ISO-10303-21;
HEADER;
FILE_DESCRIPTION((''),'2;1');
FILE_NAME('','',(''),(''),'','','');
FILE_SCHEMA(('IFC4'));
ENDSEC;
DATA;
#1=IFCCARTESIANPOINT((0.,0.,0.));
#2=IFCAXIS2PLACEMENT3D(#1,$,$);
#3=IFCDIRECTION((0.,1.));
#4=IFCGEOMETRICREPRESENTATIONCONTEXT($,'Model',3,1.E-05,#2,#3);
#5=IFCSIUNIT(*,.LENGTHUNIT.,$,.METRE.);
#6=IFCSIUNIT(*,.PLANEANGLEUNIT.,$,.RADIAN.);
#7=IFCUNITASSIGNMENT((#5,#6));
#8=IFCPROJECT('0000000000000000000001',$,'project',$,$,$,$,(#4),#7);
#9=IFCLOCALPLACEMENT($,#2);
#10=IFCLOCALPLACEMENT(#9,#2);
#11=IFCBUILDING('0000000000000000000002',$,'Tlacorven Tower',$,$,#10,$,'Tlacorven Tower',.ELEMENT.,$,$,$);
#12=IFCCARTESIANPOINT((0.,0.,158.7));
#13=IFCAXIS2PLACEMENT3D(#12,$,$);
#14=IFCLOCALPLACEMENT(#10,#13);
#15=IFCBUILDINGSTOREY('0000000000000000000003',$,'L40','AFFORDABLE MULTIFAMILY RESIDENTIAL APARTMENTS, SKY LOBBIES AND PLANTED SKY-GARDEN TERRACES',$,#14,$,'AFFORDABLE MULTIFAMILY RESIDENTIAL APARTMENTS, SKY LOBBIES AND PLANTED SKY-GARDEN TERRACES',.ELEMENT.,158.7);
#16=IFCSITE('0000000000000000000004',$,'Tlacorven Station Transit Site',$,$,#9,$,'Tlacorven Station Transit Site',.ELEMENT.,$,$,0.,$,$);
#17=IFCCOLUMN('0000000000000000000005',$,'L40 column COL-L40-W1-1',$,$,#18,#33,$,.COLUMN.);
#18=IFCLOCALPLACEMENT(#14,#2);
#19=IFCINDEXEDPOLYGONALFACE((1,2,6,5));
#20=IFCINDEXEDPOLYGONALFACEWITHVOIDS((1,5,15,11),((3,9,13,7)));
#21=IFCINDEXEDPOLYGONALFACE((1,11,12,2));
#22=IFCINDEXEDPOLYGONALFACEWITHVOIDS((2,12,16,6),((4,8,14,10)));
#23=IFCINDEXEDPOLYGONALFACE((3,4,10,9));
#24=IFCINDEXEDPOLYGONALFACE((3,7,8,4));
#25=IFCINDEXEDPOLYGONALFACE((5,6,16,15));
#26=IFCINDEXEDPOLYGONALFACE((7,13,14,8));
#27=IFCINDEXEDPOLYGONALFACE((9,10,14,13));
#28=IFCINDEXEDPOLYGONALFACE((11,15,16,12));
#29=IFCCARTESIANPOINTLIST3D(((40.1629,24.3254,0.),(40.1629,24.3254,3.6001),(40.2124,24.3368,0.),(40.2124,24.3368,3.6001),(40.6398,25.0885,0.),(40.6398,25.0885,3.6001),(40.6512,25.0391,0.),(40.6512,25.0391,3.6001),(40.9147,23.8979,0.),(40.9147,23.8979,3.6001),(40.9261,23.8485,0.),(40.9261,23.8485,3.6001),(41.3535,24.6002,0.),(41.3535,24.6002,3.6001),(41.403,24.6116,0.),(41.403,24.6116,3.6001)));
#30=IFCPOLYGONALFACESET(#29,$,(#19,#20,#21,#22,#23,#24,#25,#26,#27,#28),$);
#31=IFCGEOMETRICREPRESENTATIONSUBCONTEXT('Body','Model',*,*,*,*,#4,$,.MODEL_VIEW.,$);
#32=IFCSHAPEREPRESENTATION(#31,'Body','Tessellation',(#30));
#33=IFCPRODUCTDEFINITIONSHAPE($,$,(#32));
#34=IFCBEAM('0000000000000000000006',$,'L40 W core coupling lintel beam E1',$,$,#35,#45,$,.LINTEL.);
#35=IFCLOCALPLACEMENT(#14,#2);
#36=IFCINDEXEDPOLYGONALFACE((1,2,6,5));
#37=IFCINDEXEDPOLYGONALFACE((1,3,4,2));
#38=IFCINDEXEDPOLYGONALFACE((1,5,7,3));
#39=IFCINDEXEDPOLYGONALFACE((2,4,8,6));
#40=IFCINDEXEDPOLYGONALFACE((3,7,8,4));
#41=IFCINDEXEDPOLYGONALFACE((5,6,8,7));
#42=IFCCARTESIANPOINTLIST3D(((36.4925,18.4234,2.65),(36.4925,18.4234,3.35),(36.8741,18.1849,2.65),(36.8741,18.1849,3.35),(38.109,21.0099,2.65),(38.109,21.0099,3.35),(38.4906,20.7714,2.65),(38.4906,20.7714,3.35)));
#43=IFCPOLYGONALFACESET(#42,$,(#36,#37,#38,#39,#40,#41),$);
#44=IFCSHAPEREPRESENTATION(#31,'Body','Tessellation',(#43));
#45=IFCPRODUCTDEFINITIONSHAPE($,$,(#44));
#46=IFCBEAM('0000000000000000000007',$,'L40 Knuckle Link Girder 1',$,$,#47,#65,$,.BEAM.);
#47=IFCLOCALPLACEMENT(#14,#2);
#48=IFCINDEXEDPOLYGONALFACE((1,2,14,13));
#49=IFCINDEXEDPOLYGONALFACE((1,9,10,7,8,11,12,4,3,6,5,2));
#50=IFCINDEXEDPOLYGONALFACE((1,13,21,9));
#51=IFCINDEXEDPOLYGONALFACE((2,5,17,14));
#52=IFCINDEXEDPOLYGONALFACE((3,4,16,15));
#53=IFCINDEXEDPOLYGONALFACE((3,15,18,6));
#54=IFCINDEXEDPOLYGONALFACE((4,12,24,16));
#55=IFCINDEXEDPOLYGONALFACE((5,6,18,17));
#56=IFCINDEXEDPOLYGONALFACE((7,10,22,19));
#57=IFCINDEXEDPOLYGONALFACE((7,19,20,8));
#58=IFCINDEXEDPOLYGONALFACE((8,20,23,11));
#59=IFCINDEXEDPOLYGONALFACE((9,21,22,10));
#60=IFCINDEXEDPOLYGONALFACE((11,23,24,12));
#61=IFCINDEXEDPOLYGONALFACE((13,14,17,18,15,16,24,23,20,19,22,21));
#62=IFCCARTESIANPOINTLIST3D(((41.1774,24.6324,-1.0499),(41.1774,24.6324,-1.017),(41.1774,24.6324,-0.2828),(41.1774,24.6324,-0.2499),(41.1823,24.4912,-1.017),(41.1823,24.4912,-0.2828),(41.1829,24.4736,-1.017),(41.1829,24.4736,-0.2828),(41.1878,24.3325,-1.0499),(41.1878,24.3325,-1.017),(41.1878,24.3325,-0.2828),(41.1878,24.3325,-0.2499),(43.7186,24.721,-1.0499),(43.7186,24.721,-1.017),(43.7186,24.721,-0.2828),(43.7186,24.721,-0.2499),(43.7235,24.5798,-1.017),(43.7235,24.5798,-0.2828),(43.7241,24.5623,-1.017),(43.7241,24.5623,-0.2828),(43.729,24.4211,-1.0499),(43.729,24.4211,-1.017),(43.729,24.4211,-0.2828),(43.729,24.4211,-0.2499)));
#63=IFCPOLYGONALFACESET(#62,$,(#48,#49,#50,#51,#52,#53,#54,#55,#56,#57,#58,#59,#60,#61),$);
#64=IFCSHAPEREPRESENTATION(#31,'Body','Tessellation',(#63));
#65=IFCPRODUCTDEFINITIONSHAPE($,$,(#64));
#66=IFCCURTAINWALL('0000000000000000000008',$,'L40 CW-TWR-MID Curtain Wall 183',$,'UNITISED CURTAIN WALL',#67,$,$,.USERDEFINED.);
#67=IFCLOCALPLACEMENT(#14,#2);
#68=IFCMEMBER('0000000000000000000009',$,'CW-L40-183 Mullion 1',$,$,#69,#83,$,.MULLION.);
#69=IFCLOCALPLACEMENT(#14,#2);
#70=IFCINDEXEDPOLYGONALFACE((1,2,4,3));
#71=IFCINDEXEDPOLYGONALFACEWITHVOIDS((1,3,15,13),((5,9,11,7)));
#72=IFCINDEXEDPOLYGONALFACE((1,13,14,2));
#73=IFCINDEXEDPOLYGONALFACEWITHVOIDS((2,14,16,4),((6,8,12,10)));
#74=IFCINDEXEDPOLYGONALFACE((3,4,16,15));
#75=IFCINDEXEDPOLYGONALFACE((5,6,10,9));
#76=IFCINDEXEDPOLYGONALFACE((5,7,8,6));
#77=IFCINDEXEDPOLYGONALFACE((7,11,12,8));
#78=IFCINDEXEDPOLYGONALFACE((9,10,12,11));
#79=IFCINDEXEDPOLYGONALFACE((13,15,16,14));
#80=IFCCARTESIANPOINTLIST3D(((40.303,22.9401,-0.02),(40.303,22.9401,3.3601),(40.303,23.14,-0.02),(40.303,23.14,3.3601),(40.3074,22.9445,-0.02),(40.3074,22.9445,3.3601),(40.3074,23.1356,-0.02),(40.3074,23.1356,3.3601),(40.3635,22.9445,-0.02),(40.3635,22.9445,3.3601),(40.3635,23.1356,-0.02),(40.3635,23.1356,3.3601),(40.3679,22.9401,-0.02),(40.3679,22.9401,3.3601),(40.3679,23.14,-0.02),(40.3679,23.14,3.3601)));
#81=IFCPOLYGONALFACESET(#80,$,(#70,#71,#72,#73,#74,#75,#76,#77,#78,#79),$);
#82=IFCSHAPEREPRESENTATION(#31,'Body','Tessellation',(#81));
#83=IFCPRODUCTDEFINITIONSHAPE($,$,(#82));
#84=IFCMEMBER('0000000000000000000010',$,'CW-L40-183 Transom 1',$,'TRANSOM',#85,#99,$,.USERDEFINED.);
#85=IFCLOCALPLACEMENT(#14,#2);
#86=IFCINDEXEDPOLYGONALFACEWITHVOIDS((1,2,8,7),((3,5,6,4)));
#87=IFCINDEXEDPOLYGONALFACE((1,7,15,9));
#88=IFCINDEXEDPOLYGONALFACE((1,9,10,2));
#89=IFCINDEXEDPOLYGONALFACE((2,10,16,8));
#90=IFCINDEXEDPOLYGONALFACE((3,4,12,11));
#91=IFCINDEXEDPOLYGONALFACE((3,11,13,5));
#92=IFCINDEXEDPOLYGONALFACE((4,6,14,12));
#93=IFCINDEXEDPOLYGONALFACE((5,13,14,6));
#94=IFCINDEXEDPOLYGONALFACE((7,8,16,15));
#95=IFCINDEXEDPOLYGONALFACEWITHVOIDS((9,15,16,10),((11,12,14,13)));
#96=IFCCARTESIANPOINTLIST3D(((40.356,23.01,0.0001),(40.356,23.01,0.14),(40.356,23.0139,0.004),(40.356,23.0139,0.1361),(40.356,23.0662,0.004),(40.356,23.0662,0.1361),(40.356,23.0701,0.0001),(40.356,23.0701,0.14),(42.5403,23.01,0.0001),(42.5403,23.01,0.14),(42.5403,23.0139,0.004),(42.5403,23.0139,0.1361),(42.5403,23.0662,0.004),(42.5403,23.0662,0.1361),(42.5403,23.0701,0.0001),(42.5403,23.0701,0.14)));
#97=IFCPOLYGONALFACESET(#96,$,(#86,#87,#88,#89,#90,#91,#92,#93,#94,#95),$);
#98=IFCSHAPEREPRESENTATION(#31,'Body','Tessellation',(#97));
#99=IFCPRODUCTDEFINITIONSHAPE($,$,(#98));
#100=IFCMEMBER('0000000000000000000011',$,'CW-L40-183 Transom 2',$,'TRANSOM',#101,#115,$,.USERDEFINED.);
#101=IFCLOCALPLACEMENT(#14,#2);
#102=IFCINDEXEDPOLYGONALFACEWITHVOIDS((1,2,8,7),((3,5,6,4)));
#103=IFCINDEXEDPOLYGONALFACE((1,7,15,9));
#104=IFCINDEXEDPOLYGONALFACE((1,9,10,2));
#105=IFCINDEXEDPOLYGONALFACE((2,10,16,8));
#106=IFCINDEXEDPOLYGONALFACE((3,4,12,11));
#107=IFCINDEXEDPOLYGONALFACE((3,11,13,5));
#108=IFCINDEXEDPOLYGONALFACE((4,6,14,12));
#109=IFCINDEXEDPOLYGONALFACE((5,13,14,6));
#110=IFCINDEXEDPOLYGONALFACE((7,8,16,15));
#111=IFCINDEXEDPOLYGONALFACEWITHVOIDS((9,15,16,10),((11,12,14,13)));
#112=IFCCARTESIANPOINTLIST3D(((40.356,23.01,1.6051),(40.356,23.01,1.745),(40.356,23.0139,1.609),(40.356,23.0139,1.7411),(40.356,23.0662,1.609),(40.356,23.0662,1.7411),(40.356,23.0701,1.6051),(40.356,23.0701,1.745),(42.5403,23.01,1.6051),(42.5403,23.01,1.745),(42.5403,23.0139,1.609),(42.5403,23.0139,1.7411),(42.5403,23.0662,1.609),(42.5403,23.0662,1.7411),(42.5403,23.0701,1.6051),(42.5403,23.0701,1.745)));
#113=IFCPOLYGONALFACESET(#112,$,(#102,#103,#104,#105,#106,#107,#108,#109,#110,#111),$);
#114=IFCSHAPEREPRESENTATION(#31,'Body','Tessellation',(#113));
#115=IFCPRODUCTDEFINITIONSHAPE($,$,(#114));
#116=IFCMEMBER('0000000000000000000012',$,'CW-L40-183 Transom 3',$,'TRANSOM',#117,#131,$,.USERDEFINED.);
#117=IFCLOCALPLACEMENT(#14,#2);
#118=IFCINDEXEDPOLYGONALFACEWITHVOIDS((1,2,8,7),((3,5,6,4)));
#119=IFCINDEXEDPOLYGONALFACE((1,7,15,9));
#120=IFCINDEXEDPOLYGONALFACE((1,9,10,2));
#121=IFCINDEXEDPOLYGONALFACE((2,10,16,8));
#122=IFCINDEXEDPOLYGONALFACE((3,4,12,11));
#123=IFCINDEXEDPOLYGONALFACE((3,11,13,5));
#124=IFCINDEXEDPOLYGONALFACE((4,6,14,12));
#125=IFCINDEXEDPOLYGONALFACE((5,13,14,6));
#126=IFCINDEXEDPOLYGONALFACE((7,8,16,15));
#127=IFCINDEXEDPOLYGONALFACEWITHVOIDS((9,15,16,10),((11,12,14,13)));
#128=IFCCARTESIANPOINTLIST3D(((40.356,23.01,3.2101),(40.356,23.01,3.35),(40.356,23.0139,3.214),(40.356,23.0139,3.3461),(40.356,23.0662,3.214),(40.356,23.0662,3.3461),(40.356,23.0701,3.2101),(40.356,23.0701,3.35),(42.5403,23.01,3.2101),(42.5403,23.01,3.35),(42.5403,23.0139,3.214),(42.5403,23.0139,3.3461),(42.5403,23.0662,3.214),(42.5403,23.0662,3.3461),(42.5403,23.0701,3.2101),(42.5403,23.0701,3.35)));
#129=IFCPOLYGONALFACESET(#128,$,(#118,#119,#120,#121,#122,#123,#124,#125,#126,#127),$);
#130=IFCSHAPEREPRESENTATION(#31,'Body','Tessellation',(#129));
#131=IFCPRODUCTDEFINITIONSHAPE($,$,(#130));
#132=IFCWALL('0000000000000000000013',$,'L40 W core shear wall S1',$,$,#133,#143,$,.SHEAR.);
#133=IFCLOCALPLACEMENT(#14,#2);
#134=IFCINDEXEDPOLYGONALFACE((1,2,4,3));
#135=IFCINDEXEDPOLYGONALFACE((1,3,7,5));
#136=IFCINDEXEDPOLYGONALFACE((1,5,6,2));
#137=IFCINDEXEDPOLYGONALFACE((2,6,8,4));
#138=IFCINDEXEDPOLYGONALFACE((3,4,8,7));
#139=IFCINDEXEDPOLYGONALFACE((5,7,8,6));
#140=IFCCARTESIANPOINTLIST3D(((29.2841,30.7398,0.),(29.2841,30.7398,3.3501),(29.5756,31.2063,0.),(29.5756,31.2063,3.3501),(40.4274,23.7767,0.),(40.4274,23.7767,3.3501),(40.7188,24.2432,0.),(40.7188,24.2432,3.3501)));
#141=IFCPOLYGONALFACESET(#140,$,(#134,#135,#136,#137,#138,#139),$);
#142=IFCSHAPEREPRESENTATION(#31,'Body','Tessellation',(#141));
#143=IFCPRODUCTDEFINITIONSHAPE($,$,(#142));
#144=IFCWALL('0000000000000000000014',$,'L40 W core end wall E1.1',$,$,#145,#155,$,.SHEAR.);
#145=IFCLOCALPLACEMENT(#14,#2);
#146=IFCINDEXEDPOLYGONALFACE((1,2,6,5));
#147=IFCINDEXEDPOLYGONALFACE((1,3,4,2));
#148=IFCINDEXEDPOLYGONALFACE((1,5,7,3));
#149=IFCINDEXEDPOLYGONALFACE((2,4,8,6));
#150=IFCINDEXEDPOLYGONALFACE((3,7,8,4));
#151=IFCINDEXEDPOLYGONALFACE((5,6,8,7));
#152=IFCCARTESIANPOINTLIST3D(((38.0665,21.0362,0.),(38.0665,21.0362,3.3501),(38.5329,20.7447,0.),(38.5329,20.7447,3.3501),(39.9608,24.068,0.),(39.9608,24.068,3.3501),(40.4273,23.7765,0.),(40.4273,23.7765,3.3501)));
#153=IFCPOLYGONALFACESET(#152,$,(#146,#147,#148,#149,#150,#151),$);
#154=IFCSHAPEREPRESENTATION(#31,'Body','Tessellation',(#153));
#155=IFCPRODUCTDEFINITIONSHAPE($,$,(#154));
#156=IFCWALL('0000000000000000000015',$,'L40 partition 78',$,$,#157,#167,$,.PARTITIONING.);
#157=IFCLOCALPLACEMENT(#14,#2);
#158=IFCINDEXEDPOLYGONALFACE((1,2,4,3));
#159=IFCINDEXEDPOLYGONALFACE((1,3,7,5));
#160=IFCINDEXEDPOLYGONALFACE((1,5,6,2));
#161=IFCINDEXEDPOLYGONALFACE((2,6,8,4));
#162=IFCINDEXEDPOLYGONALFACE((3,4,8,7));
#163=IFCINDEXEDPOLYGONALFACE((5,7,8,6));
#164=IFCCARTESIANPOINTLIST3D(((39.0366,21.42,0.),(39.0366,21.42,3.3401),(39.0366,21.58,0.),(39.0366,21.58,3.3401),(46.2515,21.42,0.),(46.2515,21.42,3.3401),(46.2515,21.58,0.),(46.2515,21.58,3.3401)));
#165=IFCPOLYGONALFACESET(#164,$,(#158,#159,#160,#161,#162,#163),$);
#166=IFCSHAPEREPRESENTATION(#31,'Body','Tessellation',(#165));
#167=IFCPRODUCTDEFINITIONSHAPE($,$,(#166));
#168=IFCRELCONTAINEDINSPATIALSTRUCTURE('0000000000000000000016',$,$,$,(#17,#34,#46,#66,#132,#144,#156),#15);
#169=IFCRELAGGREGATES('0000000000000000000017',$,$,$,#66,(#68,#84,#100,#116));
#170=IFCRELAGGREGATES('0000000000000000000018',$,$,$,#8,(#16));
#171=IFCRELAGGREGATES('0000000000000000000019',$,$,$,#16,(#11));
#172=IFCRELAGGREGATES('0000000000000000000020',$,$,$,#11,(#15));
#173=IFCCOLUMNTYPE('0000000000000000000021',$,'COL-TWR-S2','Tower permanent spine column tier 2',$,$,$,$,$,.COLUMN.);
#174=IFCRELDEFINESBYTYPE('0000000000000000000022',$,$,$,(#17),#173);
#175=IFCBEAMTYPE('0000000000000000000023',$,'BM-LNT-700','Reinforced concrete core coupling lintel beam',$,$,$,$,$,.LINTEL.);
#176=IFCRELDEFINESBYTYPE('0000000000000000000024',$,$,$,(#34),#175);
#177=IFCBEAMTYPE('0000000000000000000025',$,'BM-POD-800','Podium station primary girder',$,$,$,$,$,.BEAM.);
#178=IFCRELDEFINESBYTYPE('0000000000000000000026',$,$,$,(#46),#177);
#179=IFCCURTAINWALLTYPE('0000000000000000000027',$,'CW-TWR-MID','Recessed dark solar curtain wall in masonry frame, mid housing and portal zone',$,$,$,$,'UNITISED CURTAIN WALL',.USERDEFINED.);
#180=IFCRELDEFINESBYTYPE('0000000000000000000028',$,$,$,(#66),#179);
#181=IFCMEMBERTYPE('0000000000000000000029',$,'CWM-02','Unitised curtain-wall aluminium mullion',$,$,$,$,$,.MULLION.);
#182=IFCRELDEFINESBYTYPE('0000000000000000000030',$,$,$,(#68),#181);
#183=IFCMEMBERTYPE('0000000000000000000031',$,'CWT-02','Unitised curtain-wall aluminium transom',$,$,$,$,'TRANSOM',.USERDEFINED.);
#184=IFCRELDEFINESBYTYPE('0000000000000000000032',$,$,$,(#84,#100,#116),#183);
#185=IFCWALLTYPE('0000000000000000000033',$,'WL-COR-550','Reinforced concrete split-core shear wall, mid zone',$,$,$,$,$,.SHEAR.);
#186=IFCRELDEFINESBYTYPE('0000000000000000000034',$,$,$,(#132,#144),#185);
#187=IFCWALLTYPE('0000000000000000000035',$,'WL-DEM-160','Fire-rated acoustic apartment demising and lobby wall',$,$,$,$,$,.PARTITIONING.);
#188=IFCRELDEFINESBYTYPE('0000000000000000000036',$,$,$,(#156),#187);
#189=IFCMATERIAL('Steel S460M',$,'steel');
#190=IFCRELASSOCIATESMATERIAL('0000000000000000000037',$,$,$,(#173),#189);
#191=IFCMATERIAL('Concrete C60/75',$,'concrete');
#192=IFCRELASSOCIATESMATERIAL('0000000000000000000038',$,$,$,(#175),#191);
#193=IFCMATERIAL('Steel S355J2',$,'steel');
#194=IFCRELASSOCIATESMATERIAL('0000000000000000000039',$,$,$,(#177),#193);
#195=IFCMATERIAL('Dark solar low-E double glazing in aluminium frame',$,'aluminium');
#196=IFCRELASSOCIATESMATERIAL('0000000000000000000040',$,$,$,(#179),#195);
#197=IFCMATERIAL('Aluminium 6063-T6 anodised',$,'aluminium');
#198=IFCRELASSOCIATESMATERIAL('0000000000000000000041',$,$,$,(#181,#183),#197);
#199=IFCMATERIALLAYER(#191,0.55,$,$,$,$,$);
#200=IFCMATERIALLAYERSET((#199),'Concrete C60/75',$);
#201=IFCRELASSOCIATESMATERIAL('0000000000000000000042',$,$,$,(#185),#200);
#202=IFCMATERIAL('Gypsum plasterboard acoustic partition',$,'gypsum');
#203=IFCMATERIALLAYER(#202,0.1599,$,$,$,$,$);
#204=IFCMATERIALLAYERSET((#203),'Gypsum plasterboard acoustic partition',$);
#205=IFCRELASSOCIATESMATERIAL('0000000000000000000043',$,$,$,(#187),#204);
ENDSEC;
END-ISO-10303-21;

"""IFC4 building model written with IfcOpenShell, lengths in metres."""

from ifc_helpers import new_model, si_unit, direction, frame, frame_2d, origin, origin_2d, place, context, subcontext, project, spatial, rectangle, hollow_rectangle, i_section, extrude, source, transform, mapped, material, layer, layer_set, material_profile, profile_set, type_object, element, aggregate, save


model = new_model("IFC4")

# Units and contexts
model_context = context("Model", 3, precision=1e-05, world=origin(), true_north=direction((0.0, 1.0)))
body_context = subcontext(model_context, "Body", "Model", "MODEL_VIEW")
ifc_project = project(units=[si_unit("LENGTHUNIT", "METRE"), si_unit("PLANEANGLEUNIT", "RADIAN")], contexts=[model_context])

# Site, building, storey
site_placement = place(None, origin())
site = spatial("IfcSite", under=ifc_project, at=site_placement, Name="Tlacorven Station Transit Site", LongName="Tlacorven Station Transit Site", CompositionType="ELEMENT", RefElevation=0.0)
building_placement = place(site_placement, origin())
building = spatial("IfcBuilding", under=site, at=building_placement, Name="Tlacorven Tower", LongName="Tlacorven Tower", CompositionType="ELEMENT")
storey_placement = place(building_placement, frame((0.0, 0.0, 158.7)))
storey = spatial("IfcBuildingStorey", under=building, at=storey_placement, Name="L40", Description="AFFORDABLE MULTIFAMILY RESIDENTIAL APARTMENTS, SKY LOBBIES AND PLANTED SKY-GARDEN TERRACES", LongName="AFFORDABLE MULTIFAMILY RESIDENTIAL APARTMENTS, SKY LOBBIES AND PLANTED SKY-GARDEN TERRACES", CompositionType="ELEMENT", Elevation=158.7)

# Column
ifc_material_1 = material(Name="Steel S460M", Category="steel")
ifc_material_profile_1 = material_profile(ifc_material_1, hollow_rectangle(XDim=0.8999, YDim=0.8999, WallThickness=0.0359, at=origin_2d()), Name="BOX 900X900X36")
ifc_profile_set_1 = profile_set([ifc_material_profile_1], Name="Steel S460M")
column_type = type_object("IfcColumnType", Name="COL-TWR-S2", Description="Tower permanent spine column tier 2", PredefinedType="COLUMN", material=ifc_profile_set_1)
shared_shape_1 = source(origin(), body_context, "Body", "SweptSolid", [
    extrude(hollow_rectangle(XDim=0.8999, YDim=0.8999, WallThickness=0.0359, at=origin_2d()), origin(), (0.0, 0.0, 1.0), 3.6001),
])
column_placement = place(storey_placement, frame((40.783, 24.4685, 0.0), z_axis=(0.0, 0.0, 1.0), x_axis=(-0.848048, 0.529919, 0.0)))
element("IfcColumn", 1, at=column_placement, inside=storey, type_object=column_type, Name="L40 column COL-L40-W1-1", PredefinedType="COLUMN", context=body_context, shape_type="MappedRepresentation", body=[
    mapped(shared_shape_1, transform((0.0, 0.0, 0.0), scale=1.0)),
])

# Beams
ifc_material_2 = material(Name="Concrete C60/75", Category="concrete")
ifc_material_profile_2 = material_profile(ifc_material_2, rectangle(XDim=0.45, YDim=0.7, at=origin_2d()), Name="RC 450X700")
ifc_profile_set_2 = profile_set([ifc_material_profile_2], Name="Concrete C60/75")
beam_type_1 = type_object("IfcBeamType", Name="BM-LNT-700", Description="Reinforced concrete core coupling lintel beam", PredefinedType="LINTEL", material=ifc_profile_set_2)
shared_shape_2 = source(origin(), body_context, "Body", "SweptSolid", [
    extrude(rectangle(XDim=0.45, YDim=0.7, at=origin_2d()), origin(), (0.0, 0.0, 1.0), 3.05),
])
beam_1_placement = place(storey_placement, frame((38.2998, 20.8906, 3.0), z_axis=(-0.529985, -0.848007, 0.0), x_axis=(0.848007, -0.529985, 0.0)))
element("IfcBeam", 2, at=beam_1_placement, inside=storey, type_object=beam_type_1, Name="L40 W core coupling lintel beam E1", PredefinedType="LINTEL", context=body_context, shape_type="MappedRepresentation", body=[
    mapped(shared_shape_2, transform((0.0, 0.0, 0.0), scale=1.0)),
])
ifc_material_3 = material(Name="Steel S355J2", Category="steel")
ifc_material_profile_3 = material_profile(ifc_material_3, i_section(OverallWidth=0.3, OverallDepth=0.8, WebThickness=0.0176, FlangeThickness=0.033, at=origin_2d()), Name="HEB 800")
ifc_profile_set_3 = profile_set([ifc_material_profile_3], Name="Steel S355J2")
beam_type_2 = type_object("IfcBeamType", Name="BM-POD-800", Description="Podium station primary girder", PredefinedType="BEAM", material=ifc_profile_set_3)
shared_shape_3 = source(origin(), body_context, "Body", "SweptSolid", [
    extrude(i_section(OverallWidth=0.3, OverallDepth=0.8, WebThickness=0.0176, FlangeThickness=0.033, at=origin_2d()), origin(), (0.0, 0.0, 1.0), 2.5427),
])
beam_2_placement = place(storey_placement, frame((41.1826, 24.4824, -0.6499), z_axis=(0.999392, 0.034852, 0.0), x_axis=(-0.034852, 0.999392, 0.0)))
element("IfcBeam", 3, at=beam_2_placement, inside=storey, type_object=beam_type_2, Name="L40 Knuckle Link Girder 1", PredefinedType="BEAM", context=body_context, shape_type="MappedRepresentation", body=[
    mapped(shared_shape_3, transform((0.0, 0.0, 0.0), scale=1.0)),
])

# Curtain wall, members
ifc_material_4 = material(Name="Dark solar low-E double glazing in aluminium frame", Category="aluminium")
curtain_wall_type = type_object("IfcCurtainWallType", Name="CW-TWR-MID", Description="Recessed dark solar curtain wall in masonry frame, mid housing and portal zone", ElementType="UNITISED CURTAIN WALL", PredefinedType="USERDEFINED", material=ifc_material_4)
curtain_wall_placement = place(storey_placement, origin())
curtain_wall = element("IfcCurtainWall", 4, at=curtain_wall_placement, inside=storey, type_object=curtain_wall_type, Name="L40 CW-TWR-MID Curtain Wall 183", ObjectType="UNITISED CURTAIN WALL", PredefinedType="USERDEFINED")
ifc_material_5 = material(Name="Aluminium 6063-T6 anodised", Category="aluminium")
ifc_material_profile_4 = material_profile(ifc_material_5, hollow_rectangle(XDim=0.0649, YDim=0.2, WallThickness=0.0044, at=origin_2d()), Name="ALU MULLION 65X200")
ifc_profile_set_4 = profile_set([ifc_material_profile_4], Name="Aluminium 6063-T6 anodised")
member_type_1 = type_object("IfcMemberType", Name="CWM-02", Description="Unitised curtain-wall aluminium mullion", PredefinedType="MULLION", material=ifc_profile_set_4)
shared_shape_4 = source(origin(), body_context, "Body", "SweptSolid", [
    extrude(hollow_rectangle(XDim=0.0649, YDim=0.2, WallThickness=0.0044, at=origin_2d()), origin(), (0.0, 0.0, 1.0), 3.3801),
])
member_1_placement = place(storey_placement, frame((40.3354, 23.04, -0.02), z_axis=(0.0, 0.0, 1.0), x_axis=(1.0, 0.0, 0.0)))
member_1 = element("IfcMember", 5, at=member_1_placement, type_object=member_type_1, Name="CW-L40-183 Mullion 1", PredefinedType="MULLION", context=body_context, shape_type="MappedRepresentation", body=[
    mapped(shared_shape_4, transform((0.0, 0.0, 0.0), scale=1.0)),
])
ifc_material_profile_5 = material_profile(ifc_material_5, hollow_rectangle(XDim=0.0601, YDim=0.1399, WallThickness=0.0039, at=origin_2d()), Name="ALU TRANSOM 60X140")
ifc_profile_set_5 = profile_set([ifc_material_profile_5], Name="Aluminium 6063-T6 anodised")
member_type_2 = type_object("IfcMemberType", Name="CWT-02", Description="Unitised curtain-wall aluminium transom", ElementType="TRANSOM", PredefinedType="USERDEFINED", material=ifc_profile_set_5)
shared_shape_5 = source(origin(), body_context, "Body", "SweptSolid", [
    extrude(hollow_rectangle(XDim=0.0601, YDim=0.1399, WallThickness=0.0039, at=origin_2d()), origin(), (0.0, 0.0, 1.0), 2.1843),
])
member_2_placement = place(storey_placement, frame((40.356, 23.04, 0.0701), z_axis=(1.0, 0.0, 0.0), x_axis=(0.0, 1.0, 0.0)))
member_2 = element("IfcMember", 6, at=member_2_placement, type_object=member_type_2, Name="CW-L40-183 Transom 1", ObjectType="TRANSOM", PredefinedType="USERDEFINED", context=body_context, shape_type="MappedRepresentation", body=[
    mapped(shared_shape_5, transform((0.0, 0.0, 0.0), scale=1.0)),
])
member_3_placement = place(storey_placement, frame((40.356, 23.04, 1.675), z_axis=(1.0, 0.0, 0.0), x_axis=(0.0, 1.0, 0.0)))
member_3 = element("IfcMember", 7, at=member_3_placement, type_object=member_type_2, Name="CW-L40-183 Transom 2", ObjectType="TRANSOM", PredefinedType="USERDEFINED", context=body_context, shape_type="MappedRepresentation", body=[
    mapped(shared_shape_5, transform((0.0, 0.0, 0.0), scale=1.0)),
])
member_4_placement = place(storey_placement, frame((40.356, 23.04, 3.28), z_axis=(1.0, 0.0, 0.0), x_axis=(0.0, 1.0, 0.0)))
member_4 = element("IfcMember", 8, at=member_4_placement, type_object=member_type_2, Name="CW-L40-183 Transom 3", ObjectType="TRANSOM", PredefinedType="USERDEFINED", context=body_context, shape_type="MappedRepresentation", body=[
    mapped(shared_shape_5, transform((0.0, 0.0, 0.0), scale=1.0)),
])
aggregate(curtain_wall, [member_1, member_2, member_3, member_4])

# Walls
ifc_layer_1 = layer(ifc_material_2, 0.55)
ifc_layer_set_1 = layer_set([ifc_layer_1], Name="Concrete C60/75")
wall_type_1 = type_object("IfcWallType", Name="WL-COR-550", Description="Reinforced concrete split-core shear wall, mid zone", PredefinedType="SHEAR", material=ifc_layer_set_1)
wall_1_placement = place(storey_placement, frame((40.573, 24.01, 0.0), z_axis=(0.0, 0.0, 1.0), x_axis=(-0.848047, 0.52992, 0.0)))
element("IfcWall", 9, at=wall_1_placement, inside=storey, type_object=wall_type_1, Name="L40 W core shear wall S1", PredefinedType="SHEAR", context=body_context, shape_type="SweptSolid", body=[
    extrude(rectangle(XDim=13.1399, YDim=0.55, at=frame_2d((6.5698, 0.0))), origin(), (0.0, 0.0, 1.0), 3.3501),
])
wall_2_placement = place(storey_placement, frame((40.1941, 23.9224, 0.0), z_axis=(0.0, 0.0, 1.0), x_axis=(-0.529888, -0.848067, 0.0)))
element("IfcWall", 10, at=wall_2_placement, inside=storey, type_object=wall_type_1, Name="L40 W core end wall E1.1", PredefinedType="SHEAR", context=body_context, shape_type="SweptSolid", body=[
    extrude(rectangle(XDim=3.575, YDim=0.55, at=frame_2d((1.7876, 0.0))), origin(), (0.0, 0.0, 1.0), 3.3501),
])
ifc_material_6 = material(Name="Gypsum plasterboard acoustic partition", Category="gypsum")
ifc_layer_2 = layer(ifc_material_6, 0.1599)
ifc_layer_set_2 = layer_set([ifc_layer_2], Name="Gypsum plasterboard acoustic partition")
wall_type_2 = type_object("IfcWallType", Name="WL-DEM-160", Description="Fire-rated acoustic apartment demising and lobby wall", PredefinedType="PARTITIONING", material=ifc_layer_set_2)
wall_3_placement = place(storey_placement, frame((39.0366, 21.5, 0.0), z_axis=(0.0, 0.0, 1.0), x_axis=(1.0, 0.0, 0.0)))
element("IfcWall", 11, at=wall_3_placement, inside=storey, type_object=wall_type_2, Name="L40 partition 78", PredefinedType="PARTITIONING", context=body_context, shape_type="SweptSolid", body=[
    extrude(rectangle(XDim=7.2148, YDim=0.1599, at=frame_2d((3.6074, 0.0))), origin(), (0.0, 0.0, 1.0), 3.3401),
])

save(model, "model.ifc")
